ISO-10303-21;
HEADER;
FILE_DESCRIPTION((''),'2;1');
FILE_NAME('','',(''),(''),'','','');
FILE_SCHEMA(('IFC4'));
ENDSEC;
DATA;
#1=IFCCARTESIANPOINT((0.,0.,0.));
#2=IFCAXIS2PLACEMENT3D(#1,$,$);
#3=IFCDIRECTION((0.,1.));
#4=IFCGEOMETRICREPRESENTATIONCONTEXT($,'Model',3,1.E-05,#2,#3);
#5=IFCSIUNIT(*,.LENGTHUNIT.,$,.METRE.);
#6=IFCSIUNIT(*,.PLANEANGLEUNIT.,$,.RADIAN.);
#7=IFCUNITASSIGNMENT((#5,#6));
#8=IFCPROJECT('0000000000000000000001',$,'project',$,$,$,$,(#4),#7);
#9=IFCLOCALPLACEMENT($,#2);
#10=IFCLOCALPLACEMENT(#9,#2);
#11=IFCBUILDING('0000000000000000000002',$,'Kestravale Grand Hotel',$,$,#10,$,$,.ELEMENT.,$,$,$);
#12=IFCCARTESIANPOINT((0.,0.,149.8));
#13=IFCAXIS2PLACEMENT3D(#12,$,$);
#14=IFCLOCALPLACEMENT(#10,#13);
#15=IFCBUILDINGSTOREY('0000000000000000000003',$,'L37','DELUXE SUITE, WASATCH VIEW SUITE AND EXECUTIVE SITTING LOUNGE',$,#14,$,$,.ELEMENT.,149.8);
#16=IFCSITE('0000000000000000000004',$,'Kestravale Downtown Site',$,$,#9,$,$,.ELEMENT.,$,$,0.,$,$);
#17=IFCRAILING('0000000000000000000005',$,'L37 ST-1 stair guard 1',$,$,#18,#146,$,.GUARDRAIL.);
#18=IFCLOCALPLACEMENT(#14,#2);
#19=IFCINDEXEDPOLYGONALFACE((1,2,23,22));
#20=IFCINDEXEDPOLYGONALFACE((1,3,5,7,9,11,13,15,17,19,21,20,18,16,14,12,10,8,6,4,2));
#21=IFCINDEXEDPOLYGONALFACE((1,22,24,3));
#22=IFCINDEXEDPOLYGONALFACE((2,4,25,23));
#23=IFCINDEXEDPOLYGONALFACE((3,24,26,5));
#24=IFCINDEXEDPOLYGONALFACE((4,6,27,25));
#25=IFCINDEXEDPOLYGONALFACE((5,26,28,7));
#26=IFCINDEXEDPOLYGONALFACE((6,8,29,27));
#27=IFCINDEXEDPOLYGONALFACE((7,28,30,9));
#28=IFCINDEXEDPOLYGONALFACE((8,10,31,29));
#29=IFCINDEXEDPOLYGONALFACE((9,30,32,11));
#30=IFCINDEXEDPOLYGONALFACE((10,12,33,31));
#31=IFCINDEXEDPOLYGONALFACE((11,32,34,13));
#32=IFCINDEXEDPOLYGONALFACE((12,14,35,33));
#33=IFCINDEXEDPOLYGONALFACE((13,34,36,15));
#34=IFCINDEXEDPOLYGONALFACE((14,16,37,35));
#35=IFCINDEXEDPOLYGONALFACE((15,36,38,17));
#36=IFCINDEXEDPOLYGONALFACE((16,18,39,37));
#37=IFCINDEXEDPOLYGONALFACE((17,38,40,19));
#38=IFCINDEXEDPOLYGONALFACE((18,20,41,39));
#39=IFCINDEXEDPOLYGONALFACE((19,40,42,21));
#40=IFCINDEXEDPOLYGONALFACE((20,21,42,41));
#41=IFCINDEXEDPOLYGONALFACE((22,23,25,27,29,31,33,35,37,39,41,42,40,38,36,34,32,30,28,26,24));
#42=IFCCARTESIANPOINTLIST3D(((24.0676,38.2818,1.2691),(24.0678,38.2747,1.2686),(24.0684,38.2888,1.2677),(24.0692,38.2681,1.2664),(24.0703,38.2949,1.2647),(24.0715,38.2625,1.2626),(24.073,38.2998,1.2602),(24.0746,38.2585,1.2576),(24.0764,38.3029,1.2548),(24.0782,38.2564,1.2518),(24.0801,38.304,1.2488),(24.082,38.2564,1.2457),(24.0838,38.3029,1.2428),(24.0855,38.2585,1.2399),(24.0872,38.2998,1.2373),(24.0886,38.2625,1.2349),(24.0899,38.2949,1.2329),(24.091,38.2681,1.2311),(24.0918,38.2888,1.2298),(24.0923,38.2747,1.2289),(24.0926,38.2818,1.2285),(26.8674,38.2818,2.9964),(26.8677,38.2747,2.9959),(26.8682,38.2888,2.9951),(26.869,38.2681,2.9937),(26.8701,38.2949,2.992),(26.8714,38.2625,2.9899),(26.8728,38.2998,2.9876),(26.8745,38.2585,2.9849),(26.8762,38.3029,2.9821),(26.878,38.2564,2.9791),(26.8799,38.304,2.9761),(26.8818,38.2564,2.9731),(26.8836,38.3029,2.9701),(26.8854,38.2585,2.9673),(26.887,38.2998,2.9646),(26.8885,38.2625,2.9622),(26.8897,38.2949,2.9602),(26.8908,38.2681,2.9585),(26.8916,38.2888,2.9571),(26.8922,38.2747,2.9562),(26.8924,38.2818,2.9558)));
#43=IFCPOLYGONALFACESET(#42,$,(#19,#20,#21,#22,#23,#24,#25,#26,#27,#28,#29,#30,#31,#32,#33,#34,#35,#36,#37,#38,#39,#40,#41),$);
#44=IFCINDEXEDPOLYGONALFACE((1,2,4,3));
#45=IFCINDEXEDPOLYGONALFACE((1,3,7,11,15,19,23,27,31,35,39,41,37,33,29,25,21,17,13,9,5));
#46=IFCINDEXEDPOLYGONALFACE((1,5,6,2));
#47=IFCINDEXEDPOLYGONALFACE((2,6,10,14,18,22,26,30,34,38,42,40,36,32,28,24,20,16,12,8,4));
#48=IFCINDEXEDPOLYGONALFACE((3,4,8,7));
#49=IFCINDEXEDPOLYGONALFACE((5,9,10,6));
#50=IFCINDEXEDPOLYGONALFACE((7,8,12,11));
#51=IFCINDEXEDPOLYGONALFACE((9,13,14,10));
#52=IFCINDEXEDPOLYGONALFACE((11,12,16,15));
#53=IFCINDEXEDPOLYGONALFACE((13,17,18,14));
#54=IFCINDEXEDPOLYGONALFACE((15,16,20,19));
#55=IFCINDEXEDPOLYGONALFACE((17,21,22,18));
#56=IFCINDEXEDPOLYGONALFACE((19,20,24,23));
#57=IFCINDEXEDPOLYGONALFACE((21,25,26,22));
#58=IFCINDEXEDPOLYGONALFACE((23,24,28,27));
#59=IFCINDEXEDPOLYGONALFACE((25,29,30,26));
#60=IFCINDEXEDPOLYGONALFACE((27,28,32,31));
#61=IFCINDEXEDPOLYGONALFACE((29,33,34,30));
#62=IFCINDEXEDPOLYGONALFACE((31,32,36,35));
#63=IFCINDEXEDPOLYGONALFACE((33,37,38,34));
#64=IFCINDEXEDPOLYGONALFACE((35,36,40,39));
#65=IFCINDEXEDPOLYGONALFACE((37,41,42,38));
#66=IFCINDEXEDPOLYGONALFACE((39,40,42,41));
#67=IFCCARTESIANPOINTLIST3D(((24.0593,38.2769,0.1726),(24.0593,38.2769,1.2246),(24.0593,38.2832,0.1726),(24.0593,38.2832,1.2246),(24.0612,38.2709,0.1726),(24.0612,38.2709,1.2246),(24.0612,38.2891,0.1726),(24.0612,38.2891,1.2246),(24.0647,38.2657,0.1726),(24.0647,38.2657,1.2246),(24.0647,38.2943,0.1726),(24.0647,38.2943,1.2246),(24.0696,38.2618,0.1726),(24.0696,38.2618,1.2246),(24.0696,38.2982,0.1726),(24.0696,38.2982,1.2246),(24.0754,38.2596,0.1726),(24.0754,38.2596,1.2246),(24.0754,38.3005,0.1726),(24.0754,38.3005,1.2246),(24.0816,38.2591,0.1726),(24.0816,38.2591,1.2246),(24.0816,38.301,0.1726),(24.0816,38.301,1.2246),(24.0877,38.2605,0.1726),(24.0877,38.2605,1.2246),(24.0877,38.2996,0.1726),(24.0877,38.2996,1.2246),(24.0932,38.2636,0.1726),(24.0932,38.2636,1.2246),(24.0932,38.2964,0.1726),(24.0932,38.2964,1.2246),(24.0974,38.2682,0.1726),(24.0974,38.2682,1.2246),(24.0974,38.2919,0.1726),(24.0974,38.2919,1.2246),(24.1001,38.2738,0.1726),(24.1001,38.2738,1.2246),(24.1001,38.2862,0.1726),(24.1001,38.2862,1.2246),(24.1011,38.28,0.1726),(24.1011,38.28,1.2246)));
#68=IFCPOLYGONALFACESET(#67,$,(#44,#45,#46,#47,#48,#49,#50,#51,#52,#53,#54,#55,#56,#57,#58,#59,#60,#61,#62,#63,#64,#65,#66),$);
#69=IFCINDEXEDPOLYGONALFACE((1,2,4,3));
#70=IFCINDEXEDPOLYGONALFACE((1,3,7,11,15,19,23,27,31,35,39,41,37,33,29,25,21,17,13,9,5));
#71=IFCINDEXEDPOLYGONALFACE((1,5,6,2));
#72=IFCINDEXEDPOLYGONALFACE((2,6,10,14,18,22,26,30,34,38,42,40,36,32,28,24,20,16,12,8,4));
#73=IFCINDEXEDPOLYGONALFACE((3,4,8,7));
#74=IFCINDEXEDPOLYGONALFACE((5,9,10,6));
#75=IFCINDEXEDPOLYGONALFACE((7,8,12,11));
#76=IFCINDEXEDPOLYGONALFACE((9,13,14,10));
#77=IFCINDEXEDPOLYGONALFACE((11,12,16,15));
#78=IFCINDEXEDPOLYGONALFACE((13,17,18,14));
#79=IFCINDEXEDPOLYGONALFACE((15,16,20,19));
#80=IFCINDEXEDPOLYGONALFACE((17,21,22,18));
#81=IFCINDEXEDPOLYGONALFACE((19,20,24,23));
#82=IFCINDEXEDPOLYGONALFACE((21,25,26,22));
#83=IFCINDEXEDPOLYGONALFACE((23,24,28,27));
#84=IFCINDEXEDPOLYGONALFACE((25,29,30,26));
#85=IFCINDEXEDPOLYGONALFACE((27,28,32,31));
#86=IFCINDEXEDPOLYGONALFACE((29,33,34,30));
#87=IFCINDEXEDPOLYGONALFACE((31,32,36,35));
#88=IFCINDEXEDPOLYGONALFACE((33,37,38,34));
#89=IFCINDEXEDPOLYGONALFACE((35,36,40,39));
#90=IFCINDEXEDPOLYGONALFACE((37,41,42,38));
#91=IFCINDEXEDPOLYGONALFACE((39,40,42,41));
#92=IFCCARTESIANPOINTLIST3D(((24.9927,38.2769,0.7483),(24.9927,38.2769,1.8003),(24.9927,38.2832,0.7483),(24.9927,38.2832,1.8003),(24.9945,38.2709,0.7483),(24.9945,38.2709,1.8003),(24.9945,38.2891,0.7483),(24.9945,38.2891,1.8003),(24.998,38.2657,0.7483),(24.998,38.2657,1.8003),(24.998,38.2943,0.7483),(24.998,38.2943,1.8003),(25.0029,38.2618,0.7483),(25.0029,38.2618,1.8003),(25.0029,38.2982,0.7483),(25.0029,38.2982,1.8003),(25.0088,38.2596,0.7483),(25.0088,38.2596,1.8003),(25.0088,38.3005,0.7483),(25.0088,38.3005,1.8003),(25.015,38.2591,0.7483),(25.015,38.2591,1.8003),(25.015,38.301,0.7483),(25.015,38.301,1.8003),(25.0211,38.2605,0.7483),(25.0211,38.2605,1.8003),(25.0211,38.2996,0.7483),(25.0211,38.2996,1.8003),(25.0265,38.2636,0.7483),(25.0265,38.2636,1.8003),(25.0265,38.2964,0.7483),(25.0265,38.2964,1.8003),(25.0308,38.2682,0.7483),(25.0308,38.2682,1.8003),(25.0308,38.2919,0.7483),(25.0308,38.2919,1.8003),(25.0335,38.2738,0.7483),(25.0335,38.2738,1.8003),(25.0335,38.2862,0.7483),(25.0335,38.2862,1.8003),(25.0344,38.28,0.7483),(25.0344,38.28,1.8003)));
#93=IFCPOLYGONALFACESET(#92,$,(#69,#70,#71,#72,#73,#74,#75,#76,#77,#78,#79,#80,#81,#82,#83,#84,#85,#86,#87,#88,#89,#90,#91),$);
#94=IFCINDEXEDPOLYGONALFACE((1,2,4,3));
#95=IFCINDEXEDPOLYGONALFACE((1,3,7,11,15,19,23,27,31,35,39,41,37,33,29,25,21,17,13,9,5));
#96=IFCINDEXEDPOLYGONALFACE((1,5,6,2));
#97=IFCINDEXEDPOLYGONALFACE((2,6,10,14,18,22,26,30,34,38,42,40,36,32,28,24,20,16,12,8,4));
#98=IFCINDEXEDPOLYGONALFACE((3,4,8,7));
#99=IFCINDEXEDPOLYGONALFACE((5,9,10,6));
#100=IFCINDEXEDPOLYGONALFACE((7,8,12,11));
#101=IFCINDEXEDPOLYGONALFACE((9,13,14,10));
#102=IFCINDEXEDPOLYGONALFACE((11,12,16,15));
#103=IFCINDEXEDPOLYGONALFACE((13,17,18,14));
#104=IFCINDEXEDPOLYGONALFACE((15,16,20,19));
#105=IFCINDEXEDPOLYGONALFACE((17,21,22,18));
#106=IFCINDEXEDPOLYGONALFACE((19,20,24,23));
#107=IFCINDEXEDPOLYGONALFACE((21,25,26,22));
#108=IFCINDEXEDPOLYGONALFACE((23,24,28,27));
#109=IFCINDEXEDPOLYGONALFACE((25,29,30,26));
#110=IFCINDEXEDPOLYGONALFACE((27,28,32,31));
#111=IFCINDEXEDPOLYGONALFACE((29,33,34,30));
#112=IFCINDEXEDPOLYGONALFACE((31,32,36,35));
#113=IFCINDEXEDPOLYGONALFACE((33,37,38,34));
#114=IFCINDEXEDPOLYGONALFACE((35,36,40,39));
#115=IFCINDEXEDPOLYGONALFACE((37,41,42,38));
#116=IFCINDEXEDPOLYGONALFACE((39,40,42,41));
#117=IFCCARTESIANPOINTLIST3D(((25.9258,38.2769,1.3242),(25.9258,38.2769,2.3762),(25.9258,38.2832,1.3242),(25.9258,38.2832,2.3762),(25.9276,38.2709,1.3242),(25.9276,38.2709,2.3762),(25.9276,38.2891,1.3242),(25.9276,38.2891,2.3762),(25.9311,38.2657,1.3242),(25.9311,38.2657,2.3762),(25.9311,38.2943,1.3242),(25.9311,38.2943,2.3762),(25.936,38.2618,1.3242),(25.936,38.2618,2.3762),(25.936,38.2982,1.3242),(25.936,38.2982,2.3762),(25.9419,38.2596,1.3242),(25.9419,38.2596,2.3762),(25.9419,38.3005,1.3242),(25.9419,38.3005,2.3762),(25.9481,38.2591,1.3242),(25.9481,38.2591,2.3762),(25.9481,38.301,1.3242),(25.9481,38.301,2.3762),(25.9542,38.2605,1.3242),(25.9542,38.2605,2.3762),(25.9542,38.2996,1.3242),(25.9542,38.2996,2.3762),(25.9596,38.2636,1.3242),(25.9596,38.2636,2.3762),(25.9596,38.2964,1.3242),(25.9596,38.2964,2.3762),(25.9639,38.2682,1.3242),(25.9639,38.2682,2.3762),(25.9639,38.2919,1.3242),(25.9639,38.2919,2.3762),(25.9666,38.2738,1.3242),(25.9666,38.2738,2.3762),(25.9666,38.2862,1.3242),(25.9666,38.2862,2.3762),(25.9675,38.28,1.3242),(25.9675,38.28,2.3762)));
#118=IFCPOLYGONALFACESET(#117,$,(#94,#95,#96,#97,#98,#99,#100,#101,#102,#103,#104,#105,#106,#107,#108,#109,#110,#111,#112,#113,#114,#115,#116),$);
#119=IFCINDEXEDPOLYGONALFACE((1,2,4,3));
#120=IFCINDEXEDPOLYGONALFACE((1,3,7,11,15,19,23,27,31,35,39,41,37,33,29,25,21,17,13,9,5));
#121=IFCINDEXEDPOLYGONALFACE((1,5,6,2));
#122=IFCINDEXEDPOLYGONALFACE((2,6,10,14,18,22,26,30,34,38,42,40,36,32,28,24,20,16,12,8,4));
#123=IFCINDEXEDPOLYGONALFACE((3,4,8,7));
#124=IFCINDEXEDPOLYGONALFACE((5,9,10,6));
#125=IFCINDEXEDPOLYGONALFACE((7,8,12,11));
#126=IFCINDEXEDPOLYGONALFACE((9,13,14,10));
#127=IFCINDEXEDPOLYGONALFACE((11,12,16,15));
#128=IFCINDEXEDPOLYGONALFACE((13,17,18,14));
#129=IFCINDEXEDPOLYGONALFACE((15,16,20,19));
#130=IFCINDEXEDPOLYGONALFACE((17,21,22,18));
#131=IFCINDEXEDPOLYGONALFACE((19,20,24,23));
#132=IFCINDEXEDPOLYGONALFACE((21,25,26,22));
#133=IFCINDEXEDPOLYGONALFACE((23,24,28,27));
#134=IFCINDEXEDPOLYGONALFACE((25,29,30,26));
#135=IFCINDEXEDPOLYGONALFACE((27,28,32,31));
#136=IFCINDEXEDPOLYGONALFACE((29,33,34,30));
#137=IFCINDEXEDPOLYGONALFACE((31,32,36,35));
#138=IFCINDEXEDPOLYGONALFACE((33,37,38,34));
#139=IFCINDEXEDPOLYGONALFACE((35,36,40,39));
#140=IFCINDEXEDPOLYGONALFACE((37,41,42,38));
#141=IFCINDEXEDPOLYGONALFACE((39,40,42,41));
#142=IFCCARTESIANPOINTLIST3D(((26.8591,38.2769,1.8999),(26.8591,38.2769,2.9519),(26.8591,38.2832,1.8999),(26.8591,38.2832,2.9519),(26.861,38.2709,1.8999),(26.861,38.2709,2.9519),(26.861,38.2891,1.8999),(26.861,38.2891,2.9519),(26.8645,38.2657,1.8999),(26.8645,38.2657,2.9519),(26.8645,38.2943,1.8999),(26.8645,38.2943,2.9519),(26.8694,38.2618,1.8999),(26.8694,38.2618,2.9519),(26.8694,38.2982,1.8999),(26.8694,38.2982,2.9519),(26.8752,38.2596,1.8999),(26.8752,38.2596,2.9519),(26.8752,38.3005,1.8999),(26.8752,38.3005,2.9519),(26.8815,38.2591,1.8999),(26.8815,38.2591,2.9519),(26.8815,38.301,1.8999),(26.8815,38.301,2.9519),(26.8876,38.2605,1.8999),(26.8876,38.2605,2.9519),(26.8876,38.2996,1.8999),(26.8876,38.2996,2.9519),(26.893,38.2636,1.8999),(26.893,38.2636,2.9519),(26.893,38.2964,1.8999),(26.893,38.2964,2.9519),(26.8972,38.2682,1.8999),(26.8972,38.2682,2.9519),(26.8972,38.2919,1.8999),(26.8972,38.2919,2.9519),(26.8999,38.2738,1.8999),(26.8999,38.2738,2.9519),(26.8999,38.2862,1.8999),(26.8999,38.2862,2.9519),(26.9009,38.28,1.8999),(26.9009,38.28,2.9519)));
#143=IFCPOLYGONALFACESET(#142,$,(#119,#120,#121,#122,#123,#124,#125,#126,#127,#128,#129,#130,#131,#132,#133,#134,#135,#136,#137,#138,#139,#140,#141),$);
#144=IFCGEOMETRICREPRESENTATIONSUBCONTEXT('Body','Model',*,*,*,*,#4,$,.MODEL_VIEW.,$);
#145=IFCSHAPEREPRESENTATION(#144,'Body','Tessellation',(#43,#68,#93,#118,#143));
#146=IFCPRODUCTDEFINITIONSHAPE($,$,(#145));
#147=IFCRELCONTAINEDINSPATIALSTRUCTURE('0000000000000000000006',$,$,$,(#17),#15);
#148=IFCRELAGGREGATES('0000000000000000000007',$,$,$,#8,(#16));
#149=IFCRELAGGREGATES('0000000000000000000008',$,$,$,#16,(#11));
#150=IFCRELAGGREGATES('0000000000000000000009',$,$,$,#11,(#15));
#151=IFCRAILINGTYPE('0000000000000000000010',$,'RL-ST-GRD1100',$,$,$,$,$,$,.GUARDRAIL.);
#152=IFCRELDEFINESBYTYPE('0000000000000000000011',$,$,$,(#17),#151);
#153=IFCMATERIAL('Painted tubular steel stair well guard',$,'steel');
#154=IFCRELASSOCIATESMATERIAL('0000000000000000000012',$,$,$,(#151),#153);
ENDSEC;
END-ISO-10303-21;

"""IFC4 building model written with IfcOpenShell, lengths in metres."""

from ifc_helpers import new_model, si_unit, direction, frame, origin, origin_2d, place, context, subcontext, project, spatial, circle, extrude, material, type_object, element, save


model = new_model("IFC4")

# Units and contexts
model_context = context("Model", 3, precision=1e-05, world=origin(), true_north=direction((0.0, 1.0)))
body_context = subcontext(model_context, "Body", "Model", "MODEL_VIEW")
ifc_project = project(units=[si_unit("LENGTHUNIT", "METRE"), si_unit("PLANEANGLEUNIT", "RADIAN")], contexts=[model_context])

# Site, building, storey
site_placement = place(None, origin())
site = spatial("IfcSite", under=ifc_project, at=site_placement, Name="Kestravale Downtown Site", CompositionType="ELEMENT", RefElevation=0.0)
building_placement = place(site_placement, origin())
building = spatial("IfcBuilding", under=site, at=building_placement, Name="Kestravale Grand Hotel", CompositionType="ELEMENT")
storey_placement = place(building_placement, frame((0.0, 0.0, 149.8)))
storey = spatial("IfcBuildingStorey", under=building, at=storey_placement, Name="L37", Description="DELUXE SUITE, WASATCH VIEW SUITE AND EXECUTIVE SITTING LOUNGE", CompositionType="ELEMENT", Elevation=149.8)

# Railing
ifc_material_1 = material(Name="Painted tubular steel stair well guard", Category="steel")
railing_type_1 = type_object("IfcRailingType", Name="RL-ST-GRD1100", PredefinedType="GUARDRAIL", material=ifc_material_1)
railing_1_placement = place(storey_placement, frame((24.0801, 38.28, 0.1726)))
element("IfcRailing", 1, at=railing_1_placement, inside=storey, type_object=railing_type_1, Name="L37 ST-1 stair guard 1", PredefinedType="GUARDRAIL", context=body_context, shape_type="SweptSolid", body=[
    extrude(circle(Radius=0.0239, at=origin_2d()), frame((0.0, 0.0, 1.0762), z_axis=(0.851069, 0.0, 0.525054), x_axis=(0.0, 1.0, 0.0)), (0.0, 0.0, 1.0), 3.2898),
    extrude(circle(Radius=0.021, at=origin_2d()), origin(), (0.0, 0.0, 1.0), 1.052),
    extrude(circle(Radius=0.021, at=origin_2d()), frame((0.9333, 0.0, 0.5757)), (0.0, 0.0, 1.0), 1.052),
    extrude(circle(Radius=0.021, at=origin_2d()), frame((1.8665, 0.0, 1.1516)), (0.0, 0.0, 1.0), 1.052),
    extrude(circle(Radius=0.021, at=origin_2d()), frame((2.7998, 0.0, 1.7273)), (0.0, 0.0, 1.0), 1.052),
])

save(model, "model.ifc")
